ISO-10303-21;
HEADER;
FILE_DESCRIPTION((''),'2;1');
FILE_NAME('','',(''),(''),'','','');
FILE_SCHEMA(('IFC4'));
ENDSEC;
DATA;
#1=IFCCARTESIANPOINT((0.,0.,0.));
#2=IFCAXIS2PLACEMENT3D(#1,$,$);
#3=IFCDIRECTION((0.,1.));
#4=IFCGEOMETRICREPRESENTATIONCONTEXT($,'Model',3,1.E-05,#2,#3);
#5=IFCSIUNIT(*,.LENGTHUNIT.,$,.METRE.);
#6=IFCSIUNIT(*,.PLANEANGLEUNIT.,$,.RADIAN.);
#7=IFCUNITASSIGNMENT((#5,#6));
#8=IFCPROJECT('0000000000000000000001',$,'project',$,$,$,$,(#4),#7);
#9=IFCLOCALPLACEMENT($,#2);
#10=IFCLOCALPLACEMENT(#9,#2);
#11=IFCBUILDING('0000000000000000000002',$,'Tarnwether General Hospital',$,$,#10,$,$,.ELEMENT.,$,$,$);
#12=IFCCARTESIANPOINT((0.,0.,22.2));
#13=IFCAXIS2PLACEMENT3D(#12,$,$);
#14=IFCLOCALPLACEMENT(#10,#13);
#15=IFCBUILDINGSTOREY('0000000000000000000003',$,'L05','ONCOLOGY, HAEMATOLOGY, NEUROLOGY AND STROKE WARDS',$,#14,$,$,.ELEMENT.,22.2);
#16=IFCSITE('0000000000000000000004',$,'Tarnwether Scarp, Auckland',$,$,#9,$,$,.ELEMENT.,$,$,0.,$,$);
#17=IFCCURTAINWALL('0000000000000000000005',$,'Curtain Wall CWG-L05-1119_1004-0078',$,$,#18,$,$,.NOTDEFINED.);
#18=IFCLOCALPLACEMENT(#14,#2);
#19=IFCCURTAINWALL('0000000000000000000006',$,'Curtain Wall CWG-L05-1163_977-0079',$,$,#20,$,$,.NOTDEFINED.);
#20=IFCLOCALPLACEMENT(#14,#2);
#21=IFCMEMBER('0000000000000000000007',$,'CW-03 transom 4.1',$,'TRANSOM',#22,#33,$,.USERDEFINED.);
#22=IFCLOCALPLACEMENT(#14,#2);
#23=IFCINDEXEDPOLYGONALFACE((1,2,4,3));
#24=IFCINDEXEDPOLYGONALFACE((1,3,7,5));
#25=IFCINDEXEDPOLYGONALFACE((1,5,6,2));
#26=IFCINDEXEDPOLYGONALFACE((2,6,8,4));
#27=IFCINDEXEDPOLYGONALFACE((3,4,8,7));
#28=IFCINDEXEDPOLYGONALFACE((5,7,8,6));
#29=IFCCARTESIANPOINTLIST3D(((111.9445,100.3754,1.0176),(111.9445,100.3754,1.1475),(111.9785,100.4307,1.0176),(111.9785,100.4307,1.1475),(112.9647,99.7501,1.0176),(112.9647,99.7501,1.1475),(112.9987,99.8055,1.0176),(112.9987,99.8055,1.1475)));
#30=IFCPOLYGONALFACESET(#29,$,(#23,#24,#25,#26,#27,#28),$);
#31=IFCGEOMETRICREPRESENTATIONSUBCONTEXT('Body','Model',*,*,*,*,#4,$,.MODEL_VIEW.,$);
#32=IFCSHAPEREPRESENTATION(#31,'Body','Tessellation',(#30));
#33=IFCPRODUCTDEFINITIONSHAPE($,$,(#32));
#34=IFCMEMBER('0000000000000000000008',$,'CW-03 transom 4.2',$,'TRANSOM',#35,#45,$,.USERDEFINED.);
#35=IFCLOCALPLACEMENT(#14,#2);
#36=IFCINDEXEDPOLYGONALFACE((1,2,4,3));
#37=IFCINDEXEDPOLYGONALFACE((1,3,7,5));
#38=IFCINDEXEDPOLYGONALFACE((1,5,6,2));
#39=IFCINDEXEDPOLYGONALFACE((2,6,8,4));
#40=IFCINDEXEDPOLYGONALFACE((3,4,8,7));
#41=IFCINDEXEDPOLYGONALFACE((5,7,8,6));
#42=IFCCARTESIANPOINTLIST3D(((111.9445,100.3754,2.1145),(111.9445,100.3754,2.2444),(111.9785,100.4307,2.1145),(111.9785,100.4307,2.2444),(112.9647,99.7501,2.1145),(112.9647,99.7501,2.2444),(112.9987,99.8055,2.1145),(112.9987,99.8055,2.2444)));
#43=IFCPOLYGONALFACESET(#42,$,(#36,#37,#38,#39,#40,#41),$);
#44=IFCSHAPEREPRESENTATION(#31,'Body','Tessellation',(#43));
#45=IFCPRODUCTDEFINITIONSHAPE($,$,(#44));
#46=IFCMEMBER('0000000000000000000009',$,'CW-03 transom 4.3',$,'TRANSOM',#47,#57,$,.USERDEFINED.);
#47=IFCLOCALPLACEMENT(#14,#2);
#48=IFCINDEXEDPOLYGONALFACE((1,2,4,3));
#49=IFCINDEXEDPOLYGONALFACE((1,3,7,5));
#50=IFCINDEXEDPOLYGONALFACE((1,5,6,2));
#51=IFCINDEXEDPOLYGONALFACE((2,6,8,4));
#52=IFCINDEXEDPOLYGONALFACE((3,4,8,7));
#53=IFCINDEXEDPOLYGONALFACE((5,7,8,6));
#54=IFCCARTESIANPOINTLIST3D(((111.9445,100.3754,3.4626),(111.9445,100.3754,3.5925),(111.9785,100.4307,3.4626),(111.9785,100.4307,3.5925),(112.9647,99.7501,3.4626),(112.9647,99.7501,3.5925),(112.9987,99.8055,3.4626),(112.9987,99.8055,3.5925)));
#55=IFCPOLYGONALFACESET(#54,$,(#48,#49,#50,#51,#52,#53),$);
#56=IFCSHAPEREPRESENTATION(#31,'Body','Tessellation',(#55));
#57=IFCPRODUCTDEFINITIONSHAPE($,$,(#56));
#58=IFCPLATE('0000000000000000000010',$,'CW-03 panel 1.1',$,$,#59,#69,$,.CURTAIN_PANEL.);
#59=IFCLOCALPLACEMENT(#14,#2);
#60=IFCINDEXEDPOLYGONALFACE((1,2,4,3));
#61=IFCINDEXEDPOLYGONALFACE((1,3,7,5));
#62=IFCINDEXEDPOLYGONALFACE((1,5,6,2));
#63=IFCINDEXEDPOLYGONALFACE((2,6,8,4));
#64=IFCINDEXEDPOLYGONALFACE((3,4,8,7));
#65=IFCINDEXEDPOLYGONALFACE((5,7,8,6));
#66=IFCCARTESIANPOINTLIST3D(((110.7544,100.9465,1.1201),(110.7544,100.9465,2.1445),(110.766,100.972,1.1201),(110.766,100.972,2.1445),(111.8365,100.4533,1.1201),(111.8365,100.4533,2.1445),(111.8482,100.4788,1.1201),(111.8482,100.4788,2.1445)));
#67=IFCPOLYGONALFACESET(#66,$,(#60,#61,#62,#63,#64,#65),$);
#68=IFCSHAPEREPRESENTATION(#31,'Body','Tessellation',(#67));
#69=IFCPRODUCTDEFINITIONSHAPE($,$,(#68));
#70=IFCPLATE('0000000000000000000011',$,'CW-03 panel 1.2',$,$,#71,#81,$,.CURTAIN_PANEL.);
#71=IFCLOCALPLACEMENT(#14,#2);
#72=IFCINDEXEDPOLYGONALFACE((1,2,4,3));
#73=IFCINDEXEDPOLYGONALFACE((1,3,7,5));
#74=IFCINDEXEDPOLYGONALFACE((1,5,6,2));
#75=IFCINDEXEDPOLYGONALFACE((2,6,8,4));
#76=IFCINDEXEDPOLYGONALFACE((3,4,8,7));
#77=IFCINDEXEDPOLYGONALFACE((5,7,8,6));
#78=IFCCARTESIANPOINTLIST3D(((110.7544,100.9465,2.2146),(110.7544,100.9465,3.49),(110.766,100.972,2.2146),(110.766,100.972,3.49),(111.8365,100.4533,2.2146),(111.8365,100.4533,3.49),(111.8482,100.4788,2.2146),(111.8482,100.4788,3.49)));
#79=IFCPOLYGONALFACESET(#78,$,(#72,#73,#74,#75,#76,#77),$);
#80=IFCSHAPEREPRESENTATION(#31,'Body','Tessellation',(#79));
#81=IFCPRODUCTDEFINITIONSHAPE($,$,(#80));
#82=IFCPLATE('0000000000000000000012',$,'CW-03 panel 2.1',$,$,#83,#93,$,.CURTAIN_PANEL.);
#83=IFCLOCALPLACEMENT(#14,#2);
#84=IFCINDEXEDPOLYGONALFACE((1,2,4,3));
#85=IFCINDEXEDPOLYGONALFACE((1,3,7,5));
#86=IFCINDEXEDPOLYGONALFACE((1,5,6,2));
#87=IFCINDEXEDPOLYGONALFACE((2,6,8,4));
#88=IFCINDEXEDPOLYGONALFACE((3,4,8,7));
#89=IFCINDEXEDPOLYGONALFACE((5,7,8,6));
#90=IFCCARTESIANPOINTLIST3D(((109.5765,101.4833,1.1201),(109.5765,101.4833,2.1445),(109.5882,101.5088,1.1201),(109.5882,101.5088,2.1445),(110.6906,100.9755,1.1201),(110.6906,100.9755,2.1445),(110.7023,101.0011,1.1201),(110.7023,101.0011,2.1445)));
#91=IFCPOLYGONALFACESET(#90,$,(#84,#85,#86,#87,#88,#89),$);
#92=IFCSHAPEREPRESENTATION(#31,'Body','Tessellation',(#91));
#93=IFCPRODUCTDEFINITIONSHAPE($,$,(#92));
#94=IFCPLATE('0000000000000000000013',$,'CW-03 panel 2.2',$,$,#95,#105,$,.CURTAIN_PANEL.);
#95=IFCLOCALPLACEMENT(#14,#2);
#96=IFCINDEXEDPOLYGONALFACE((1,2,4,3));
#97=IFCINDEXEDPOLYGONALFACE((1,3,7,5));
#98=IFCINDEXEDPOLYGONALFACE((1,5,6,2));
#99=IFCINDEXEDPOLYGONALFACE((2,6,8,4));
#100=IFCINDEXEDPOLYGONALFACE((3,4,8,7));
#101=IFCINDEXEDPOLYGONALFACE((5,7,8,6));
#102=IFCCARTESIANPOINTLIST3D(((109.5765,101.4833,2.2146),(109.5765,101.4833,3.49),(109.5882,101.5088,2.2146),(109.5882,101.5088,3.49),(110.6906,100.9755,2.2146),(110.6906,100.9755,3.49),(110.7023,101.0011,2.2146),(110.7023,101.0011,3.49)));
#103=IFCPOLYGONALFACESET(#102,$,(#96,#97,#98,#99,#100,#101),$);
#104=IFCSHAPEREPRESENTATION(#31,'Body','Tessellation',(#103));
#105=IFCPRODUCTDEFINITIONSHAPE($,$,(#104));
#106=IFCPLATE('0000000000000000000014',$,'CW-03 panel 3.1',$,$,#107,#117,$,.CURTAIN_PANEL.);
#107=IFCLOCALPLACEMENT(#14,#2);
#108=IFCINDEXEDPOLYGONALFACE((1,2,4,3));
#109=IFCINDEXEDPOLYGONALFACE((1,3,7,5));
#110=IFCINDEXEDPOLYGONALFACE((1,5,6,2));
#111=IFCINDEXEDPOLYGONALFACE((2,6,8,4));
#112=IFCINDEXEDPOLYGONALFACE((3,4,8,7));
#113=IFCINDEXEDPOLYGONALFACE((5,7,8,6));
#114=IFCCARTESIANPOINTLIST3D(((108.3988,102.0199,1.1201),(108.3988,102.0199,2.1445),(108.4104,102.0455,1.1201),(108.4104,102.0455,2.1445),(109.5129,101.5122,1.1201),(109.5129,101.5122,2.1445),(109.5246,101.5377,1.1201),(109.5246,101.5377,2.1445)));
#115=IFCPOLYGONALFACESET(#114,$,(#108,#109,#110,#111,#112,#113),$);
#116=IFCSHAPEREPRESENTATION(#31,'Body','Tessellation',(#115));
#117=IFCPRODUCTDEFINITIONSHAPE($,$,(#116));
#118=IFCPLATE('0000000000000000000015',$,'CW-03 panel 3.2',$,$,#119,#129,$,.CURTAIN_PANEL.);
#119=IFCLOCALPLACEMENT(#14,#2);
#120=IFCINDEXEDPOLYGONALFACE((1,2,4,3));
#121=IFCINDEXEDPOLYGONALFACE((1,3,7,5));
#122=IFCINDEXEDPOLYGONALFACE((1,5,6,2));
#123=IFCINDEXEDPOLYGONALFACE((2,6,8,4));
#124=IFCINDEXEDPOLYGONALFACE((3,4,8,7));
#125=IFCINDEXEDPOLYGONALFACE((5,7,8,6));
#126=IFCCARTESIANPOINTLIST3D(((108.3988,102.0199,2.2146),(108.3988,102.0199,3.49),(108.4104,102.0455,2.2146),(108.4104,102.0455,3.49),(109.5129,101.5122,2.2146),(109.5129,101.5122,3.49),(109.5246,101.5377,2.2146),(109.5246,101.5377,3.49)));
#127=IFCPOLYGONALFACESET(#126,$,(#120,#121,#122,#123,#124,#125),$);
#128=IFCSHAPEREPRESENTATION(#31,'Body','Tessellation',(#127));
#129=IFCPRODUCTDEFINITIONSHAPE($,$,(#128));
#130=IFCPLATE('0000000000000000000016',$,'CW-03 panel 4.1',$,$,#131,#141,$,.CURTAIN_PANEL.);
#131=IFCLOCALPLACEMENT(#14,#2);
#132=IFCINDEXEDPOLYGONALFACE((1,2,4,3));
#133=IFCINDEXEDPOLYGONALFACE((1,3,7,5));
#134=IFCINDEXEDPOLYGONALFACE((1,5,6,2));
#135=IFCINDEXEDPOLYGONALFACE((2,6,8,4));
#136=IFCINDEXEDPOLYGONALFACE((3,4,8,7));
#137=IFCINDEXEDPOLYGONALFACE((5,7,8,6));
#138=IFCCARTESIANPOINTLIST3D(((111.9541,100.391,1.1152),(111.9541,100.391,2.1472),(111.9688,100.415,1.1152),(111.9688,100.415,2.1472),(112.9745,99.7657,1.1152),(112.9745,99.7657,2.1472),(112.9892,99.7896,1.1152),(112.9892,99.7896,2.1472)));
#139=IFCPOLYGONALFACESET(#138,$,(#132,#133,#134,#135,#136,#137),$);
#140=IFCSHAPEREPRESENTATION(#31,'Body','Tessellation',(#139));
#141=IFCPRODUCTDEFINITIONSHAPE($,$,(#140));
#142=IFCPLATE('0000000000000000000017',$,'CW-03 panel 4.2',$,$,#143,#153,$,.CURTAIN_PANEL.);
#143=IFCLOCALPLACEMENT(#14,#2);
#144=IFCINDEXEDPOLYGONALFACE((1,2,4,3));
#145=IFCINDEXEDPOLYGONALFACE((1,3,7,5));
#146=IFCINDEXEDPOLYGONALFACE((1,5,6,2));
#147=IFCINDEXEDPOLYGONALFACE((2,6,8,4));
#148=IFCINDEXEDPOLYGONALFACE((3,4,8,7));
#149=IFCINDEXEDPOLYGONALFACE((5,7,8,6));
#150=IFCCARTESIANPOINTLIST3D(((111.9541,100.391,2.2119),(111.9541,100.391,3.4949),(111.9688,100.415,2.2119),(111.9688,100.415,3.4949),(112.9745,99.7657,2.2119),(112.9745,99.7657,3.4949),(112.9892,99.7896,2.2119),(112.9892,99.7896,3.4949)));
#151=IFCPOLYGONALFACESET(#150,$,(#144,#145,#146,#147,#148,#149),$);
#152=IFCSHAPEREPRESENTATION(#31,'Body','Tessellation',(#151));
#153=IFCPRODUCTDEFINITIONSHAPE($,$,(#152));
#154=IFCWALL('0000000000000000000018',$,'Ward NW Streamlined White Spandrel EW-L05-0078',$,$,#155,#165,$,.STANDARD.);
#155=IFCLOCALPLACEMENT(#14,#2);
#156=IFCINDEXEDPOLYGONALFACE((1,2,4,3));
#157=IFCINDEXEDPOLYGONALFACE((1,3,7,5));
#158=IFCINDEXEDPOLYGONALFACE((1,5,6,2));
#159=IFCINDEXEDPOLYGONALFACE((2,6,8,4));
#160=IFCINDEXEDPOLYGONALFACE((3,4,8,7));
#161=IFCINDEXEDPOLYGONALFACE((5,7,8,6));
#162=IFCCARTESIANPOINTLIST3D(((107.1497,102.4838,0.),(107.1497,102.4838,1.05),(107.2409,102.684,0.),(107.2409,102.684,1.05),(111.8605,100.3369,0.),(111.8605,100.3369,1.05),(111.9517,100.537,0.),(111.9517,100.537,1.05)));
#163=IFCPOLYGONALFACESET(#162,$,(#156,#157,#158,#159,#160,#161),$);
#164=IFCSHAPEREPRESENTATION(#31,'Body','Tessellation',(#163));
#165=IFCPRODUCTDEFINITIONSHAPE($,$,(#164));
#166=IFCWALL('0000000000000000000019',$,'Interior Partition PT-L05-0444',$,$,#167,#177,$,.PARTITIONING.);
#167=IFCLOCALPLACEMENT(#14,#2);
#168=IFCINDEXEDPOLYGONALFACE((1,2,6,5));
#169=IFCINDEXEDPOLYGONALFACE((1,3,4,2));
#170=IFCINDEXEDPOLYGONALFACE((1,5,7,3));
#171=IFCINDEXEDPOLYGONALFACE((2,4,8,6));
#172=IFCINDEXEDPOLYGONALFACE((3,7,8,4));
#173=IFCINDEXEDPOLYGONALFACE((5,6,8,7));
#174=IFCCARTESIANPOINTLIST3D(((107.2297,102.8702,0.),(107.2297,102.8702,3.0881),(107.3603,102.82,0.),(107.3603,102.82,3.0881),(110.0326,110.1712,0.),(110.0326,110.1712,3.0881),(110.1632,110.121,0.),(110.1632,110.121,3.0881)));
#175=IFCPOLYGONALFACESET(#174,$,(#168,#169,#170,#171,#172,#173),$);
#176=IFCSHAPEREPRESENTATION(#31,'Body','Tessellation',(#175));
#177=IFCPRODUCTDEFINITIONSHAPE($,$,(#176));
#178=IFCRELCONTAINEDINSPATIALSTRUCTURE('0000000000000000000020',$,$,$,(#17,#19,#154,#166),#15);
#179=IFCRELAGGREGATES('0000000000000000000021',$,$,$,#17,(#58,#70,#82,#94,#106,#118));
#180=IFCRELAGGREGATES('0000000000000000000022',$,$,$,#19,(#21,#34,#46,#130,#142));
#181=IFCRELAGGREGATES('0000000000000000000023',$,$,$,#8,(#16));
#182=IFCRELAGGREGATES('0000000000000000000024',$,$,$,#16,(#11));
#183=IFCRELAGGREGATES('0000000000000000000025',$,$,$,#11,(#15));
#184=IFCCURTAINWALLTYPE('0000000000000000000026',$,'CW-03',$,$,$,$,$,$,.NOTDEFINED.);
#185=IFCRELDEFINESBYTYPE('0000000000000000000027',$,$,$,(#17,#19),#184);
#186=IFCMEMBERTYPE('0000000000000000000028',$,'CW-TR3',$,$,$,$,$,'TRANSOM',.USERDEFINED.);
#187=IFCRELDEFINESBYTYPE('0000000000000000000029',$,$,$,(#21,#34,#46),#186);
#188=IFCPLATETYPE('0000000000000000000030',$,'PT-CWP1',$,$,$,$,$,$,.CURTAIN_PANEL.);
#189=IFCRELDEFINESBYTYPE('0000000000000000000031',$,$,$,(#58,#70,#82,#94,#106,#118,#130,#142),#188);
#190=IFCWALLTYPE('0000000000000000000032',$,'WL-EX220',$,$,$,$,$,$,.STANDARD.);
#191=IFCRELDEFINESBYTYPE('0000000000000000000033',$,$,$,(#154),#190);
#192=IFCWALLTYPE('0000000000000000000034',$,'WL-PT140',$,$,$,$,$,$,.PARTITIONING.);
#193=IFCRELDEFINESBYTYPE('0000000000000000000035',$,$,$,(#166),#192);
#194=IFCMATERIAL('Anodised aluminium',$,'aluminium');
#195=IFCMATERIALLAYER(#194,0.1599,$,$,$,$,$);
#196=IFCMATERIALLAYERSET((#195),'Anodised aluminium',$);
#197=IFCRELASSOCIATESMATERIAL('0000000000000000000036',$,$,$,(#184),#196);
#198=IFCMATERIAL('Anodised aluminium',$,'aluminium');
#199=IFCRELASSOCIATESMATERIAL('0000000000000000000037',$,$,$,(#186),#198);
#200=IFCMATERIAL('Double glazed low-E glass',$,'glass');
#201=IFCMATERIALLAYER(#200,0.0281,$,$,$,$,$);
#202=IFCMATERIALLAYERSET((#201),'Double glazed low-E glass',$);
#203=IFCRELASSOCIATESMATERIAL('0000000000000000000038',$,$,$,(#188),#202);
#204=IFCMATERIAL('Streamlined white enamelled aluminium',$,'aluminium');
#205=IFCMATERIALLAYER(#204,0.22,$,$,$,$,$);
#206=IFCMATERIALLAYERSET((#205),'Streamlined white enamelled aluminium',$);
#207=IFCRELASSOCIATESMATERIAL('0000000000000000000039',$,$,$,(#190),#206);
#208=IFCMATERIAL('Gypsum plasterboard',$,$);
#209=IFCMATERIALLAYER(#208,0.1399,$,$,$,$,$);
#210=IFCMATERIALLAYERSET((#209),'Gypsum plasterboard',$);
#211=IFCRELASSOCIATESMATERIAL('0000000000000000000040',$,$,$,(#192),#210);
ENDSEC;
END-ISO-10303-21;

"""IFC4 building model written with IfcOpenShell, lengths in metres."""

from ifc_helpers import new_model, si_unit, direction, frame, frame_2d, origin, origin_2d, place, context, subcontext, project, spatial, rectangle, extrude, material, layer, layer_set, material_profile, profile_set, type_object, element, aggregate, save


model = new_model("IFC4")

# Units and contexts
model_context = context("Model", 3, precision=1e-05, world=origin(), true_north=direction((0.0, 1.0)))
body_context = subcontext(model_context, "Body", "Model", "MODEL_VIEW")
ifc_project = project(units=[si_unit("LENGTHUNIT", "METRE"), si_unit("PLANEANGLEUNIT", "RADIAN")], contexts=[model_context])

# Site, building, storey
site_placement = place(None, origin())
site = spatial("IfcSite", under=ifc_project, at=site_placement, Name="Tarnwether Scarp, Auckland", CompositionType="ELEMENT", RefElevation=0.0)
building_placement = place(site_placement, origin())
building = spatial("IfcBuilding", under=site, at=building_placement, Name="Tarnwether General Hospital", CompositionType="ELEMENT")
storey_placement = place(building_placement, frame((0.0, 0.0, 22.2)))
storey = spatial("IfcBuildingStorey", under=building, at=storey_placement, Name="L05", Description="ONCOLOGY, HAEMATOLOGY, NEUROLOGY AND STROKE WARDS", CompositionType="ELEMENT", Elevation=22.2)

# Curtain wall
ifc_material_1 = material(Name="Anodised aluminium", Category="aluminium")
ifc_layer_1 = layer(ifc_material_1, 0.1599)
ifc_layer_set_1 = layer_set([ifc_layer_1], Name="Anodised aluminium")
curtain_wall_type = type_object("IfcCurtainWallType", Name="CW-03", PredefinedType="NOTDEFINED", material=ifc_layer_set_1)
curtain_wall_1_placement = place(storey_placement, origin())
curtain_wall_1 = element("IfcCurtainWall", 1, at=curtain_wall_1_placement, inside=storey, type_object=curtain_wall_type, Name="Curtain Wall CWG-L05-1119_1004-0078", PredefinedType="NOTDEFINED")

# Curtain wall
curtain_wall_2_placement = place(storey_placement, origin())
curtain_wall_2 = element("IfcCurtainWall", 2, at=curtain_wall_2_placement, inside=storey, type_object=curtain_wall_type, Name="Curtain Wall CWG-L05-1163_977-0079", PredefinedType="NOTDEFINED")

# Members
ifc_material_2 = material(Name="Anodised aluminium", Category="aluminium")
ifc_material_profile_1 = material_profile(ifc_material_2, rectangle(XDim=0.0649, YDim=0.1299, at=origin_2d()), Name="ALU-TRN-65x130")
ifc_profile_set_1 = profile_set([ifc_material_profile_1], Name="Anodised aluminium")
member_type_1 = type_object("IfcMemberType", Name="CW-TR3", ElementType="TRANSOM", PredefinedType="USERDEFINED", material=ifc_profile_set_1)
member_1_placement = place(storey_placement, frame((112.9817, 99.7778, 1.0825), z_axis=(-0.852631, 0.522514, 0.0), x_axis=(-0.522514, -0.852631, 0.0)))
member_1 = element("IfcMember", 3, at=member_1_placement, type_object=member_type_1, Name="CW-03 transom 4.1", ObjectType="TRANSOM", PredefinedType="USERDEFINED", context=body_context, shape_type="SweptSolid", body=[
    extrude(rectangle(XDim=0.0649, YDim=0.1299, at=origin_2d()), origin(), (0.0, 0.0, 1.0), 1.1965),
])
member_2_placement = place(storey_placement, frame((112.9817, 99.7778, 2.1794), z_axis=(-0.852631, 0.522514, 0.0), x_axis=(-0.522514, -0.852631, 0.0)))
member_2 = element("IfcMember", 4, at=member_2_placement, type_object=member_type_1, Name="CW-03 transom 4.2", ObjectType="TRANSOM", PredefinedType="USERDEFINED", context=body_context, shape_type="SweptSolid", body=[
    extrude(rectangle(XDim=0.0649, YDim=0.1299, at=origin_2d()), origin(), (0.0, 0.0, 1.0), 1.1965),
])
member_3_placement = place(storey_placement, frame((112.9817, 99.7778, 3.5276), z_axis=(-0.852631, 0.522514, 0.0), x_axis=(-0.522514, -0.852631, 0.0)))
member_3 = element("IfcMember", 5, at=member_3_placement, type_object=member_type_1, Name="CW-03 transom 4.3", ObjectType="TRANSOM", PredefinedType="USERDEFINED", context=body_context, shape_type="SweptSolid", body=[
    extrude(rectangle(XDim=0.0649, YDim=0.1299, at=origin_2d()), origin(), (0.0, 0.0, 1.0), 1.1965),
])

# Plates
ifc_material_3 = material(Name="Double glazed low-E glass", Category="glass")
ifc_layer_2 = layer(ifc_material_3, 0.0281)
ifc_layer_set_2 = layer_set([ifc_layer_2], Name="Double glazed low-E glass")
plate_type = type_object("IfcPlateType", Name="PT-CWP1", PredefinedType="CURTAIN_PANEL", material=ifc_layer_set_2)
plate_1_placement = place(storey_placement, frame((111.3013, 100.7126, 1.1201), z_axis=(0.0, 0.0, 1.0), x_axis=(-0.909956, 0.414705, 0.0)))
plate_1 = element("IfcPlate", 6, at=plate_1_placement, type_object=plate_type, Name="CW-03 panel 1.1", PredefinedType="CURTAIN_PANEL", context=body_context, shape_type="SweptSolid", body=[
    extrude(rectangle(XDim=1.1892, YDim=0.0281, at=origin_2d()), origin(), (0.0, 0.0, 1.0), 1.0244),
])
plate_2_placement = place(storey_placement, frame((111.3013, 100.7126, 2.2146), z_axis=(0.0, 0.0, 1.0), x_axis=(-0.909956, 0.414705, 0.0)))
plate_2 = element("IfcPlate", 7, at=plate_2_placement, type_object=plate_type, Name="CW-03 panel 1.2", PredefinedType="CURTAIN_PANEL", context=body_context, shape_type="SweptSolid", body=[
    extrude(rectangle(XDim=1.1892, YDim=0.0281, at=origin_2d()), origin(), (0.0, 0.0, 1.0), 1.2754),
])
plate_3_placement = place(storey_placement, frame((110.1394, 101.2422, 1.1201), z_axis=(0.0, 0.0, 1.0), x_axis=(-0.909956, 0.414705, 0.0)))
plate_3 = element("IfcPlate", 8, at=plate_3_placement, type_object=plate_type, Name="CW-03 panel 2.1", PredefinedType="CURTAIN_PANEL", context=body_context, shape_type="SweptSolid", body=[
    extrude(rectangle(XDim=1.2244, YDim=0.0281, at=origin_2d()), origin(), (0.0, 0.0, 1.0), 1.0244),
])
plate_4_placement = place(storey_placement, frame((110.1394, 101.2422, 2.2146), z_axis=(0.0, 0.0, 1.0), x_axis=(-0.909956, 0.414705, 0.0)))
plate_4 = element("IfcPlate", 9, at=plate_4_placement, type_object=plate_type, Name="CW-03 panel 2.2", PredefinedType="CURTAIN_PANEL", context=body_context, shape_type="SweptSolid", body=[
    extrude(rectangle(XDim=1.2244, YDim=0.0281, at=origin_2d()), origin(), (0.0, 0.0, 1.0), 1.2754),
])
plate_5_placement = place(storey_placement, frame((108.9617, 101.7788, 1.1201), z_axis=(0.0, 0.0, 1.0), x_axis=(-0.909956, 0.414705, 0.0)))
plate_5 = element("IfcPlate", 10, at=plate_5_placement, type_object=plate_type, Name="CW-03 panel 3.1", PredefinedType="CURTAIN_PANEL", context=body_context, shape_type="SweptSolid", body=[
    extrude(rectangle(XDim=1.2244, YDim=0.0281, at=origin_2d()), origin(), (0.0, 0.0, 1.0), 1.0244),
])
plate_6_placement = place(storey_placement, frame((108.9617, 101.7788, 2.2146), z_axis=(0.0, 0.0, 1.0), x_axis=(-0.909956, 0.414705, 0.0)))
plate_6 = element("IfcPlate", 11, at=plate_6_placement, type_object=plate_type, Name="CW-03 panel 3.2", PredefinedType="CURTAIN_PANEL", context=body_context, shape_type="SweptSolid", body=[
    extrude(rectangle(XDim=1.2244, YDim=0.0281, at=origin_2d()), origin(), (0.0, 0.0, 1.0), 1.2754),
])
aggregate(curtain_wall_1, [plate_1, plate_2, plate_3, plate_4, plate_5, plate_6])
plate_7_placement = place(storey_placement, frame((112.4717, 100.0903, 1.1152), z_axis=(0.0, 0.0, 1.0), x_axis=(-0.852632, 0.522512, 0.0)))
plate_7 = element("IfcPlate", 12, at=plate_7_placement, type_object=plate_type, Name="CW-03 panel 4.1", PredefinedType="CURTAIN_PANEL", context=body_context, shape_type="SweptSolid", body=[
    extrude(rectangle(XDim=1.1968, YDim=0.0281, at=origin_2d()), origin(), (0.0, 0.0, 1.0), 1.032),
])
plate_8_placement = place(storey_placement, frame((112.4717, 100.0903, 2.2119), z_axis=(0.0, 0.0, 1.0), x_axis=(-0.852632, 0.522512, 0.0)))
plate_8 = element("IfcPlate", 13, at=plate_8_placement, type_object=plate_type, Name="CW-03 panel 4.2", PredefinedType="CURTAIN_PANEL", context=body_context, shape_type="SweptSolid", body=[
    extrude(rectangle(XDim=1.1968, YDim=0.0281, at=origin_2d()), origin(), (0.0, 0.0, 1.0), 1.283),
])
aggregate(curtain_wall_2, [member_1, member_2, member_3, plate_7, plate_8])

# Walls
ifc_material_4 = material(Name="Streamlined white enamelled aluminium", Category="aluminium")
ifc_layer_3 = layer(ifc_material_4, 0.22)
ifc_layer_set_3 = layer_set([ifc_layer_3], Name="Streamlined white enamelled aluminium")
wall_type_1 = type_object("IfcWallType", Name="WL-EX220", PredefinedType="STANDARD", material=ifc_layer_set_3)
wall_1_placement = place(storey_placement, frame((111.906, 100.437, 0.0), z_axis=(0.0, 0.0, 1.0), x_axis=(-0.909956, 0.414705, 0.0)))
element("IfcWall", 14, at=wall_1_placement, inside=storey, type_object=wall_type_1, Name="Ward NW Streamlined White Spandrel EW-L05-0078", PredefinedType="STANDARD", context=body_context, shape_type="SweptSolid", body=[
    extrude(rectangle(XDim=5.177, YDim=0.22, at=frame_2d((2.5884, 0.0))), origin(), (0.0, 0.0, 1.0), 1.05),
])
ifc_material_5 = material(Name="Gypsum plasterboard")
ifc_layer_4 = layer(ifc_material_5, 0.1399)
ifc_layer_set_4 = layer_set([ifc_layer_4], Name="Gypsum plasterboard")
wall_type_2 = type_object("IfcWallType", Name="WL-PT140", PredefinedType="PARTITIONING", material=ifc_layer_set_4)
wall_2_placement = place(storey_placement, frame((110.0979, 110.146, 0.0), z_axis=(0.0, 0.0, 1.0), x_axis=(-0.35841, -0.933564, 0.0)))
element("IfcWall", 15, at=wall_2_placement, inside=storey, type_object=wall_type_2, Name="Interior Partition PT-L05-0444", PredefinedType="PARTITIONING", context=body_context, shape_type="SweptSolid", body=[
    extrude(rectangle(XDim=7.8206, YDim=0.1399, at=frame_2d((3.9102, 0.0))), origin(), (0.0, 0.0, 1.0), 3.0881),
])

save(model, "model.ifc")
